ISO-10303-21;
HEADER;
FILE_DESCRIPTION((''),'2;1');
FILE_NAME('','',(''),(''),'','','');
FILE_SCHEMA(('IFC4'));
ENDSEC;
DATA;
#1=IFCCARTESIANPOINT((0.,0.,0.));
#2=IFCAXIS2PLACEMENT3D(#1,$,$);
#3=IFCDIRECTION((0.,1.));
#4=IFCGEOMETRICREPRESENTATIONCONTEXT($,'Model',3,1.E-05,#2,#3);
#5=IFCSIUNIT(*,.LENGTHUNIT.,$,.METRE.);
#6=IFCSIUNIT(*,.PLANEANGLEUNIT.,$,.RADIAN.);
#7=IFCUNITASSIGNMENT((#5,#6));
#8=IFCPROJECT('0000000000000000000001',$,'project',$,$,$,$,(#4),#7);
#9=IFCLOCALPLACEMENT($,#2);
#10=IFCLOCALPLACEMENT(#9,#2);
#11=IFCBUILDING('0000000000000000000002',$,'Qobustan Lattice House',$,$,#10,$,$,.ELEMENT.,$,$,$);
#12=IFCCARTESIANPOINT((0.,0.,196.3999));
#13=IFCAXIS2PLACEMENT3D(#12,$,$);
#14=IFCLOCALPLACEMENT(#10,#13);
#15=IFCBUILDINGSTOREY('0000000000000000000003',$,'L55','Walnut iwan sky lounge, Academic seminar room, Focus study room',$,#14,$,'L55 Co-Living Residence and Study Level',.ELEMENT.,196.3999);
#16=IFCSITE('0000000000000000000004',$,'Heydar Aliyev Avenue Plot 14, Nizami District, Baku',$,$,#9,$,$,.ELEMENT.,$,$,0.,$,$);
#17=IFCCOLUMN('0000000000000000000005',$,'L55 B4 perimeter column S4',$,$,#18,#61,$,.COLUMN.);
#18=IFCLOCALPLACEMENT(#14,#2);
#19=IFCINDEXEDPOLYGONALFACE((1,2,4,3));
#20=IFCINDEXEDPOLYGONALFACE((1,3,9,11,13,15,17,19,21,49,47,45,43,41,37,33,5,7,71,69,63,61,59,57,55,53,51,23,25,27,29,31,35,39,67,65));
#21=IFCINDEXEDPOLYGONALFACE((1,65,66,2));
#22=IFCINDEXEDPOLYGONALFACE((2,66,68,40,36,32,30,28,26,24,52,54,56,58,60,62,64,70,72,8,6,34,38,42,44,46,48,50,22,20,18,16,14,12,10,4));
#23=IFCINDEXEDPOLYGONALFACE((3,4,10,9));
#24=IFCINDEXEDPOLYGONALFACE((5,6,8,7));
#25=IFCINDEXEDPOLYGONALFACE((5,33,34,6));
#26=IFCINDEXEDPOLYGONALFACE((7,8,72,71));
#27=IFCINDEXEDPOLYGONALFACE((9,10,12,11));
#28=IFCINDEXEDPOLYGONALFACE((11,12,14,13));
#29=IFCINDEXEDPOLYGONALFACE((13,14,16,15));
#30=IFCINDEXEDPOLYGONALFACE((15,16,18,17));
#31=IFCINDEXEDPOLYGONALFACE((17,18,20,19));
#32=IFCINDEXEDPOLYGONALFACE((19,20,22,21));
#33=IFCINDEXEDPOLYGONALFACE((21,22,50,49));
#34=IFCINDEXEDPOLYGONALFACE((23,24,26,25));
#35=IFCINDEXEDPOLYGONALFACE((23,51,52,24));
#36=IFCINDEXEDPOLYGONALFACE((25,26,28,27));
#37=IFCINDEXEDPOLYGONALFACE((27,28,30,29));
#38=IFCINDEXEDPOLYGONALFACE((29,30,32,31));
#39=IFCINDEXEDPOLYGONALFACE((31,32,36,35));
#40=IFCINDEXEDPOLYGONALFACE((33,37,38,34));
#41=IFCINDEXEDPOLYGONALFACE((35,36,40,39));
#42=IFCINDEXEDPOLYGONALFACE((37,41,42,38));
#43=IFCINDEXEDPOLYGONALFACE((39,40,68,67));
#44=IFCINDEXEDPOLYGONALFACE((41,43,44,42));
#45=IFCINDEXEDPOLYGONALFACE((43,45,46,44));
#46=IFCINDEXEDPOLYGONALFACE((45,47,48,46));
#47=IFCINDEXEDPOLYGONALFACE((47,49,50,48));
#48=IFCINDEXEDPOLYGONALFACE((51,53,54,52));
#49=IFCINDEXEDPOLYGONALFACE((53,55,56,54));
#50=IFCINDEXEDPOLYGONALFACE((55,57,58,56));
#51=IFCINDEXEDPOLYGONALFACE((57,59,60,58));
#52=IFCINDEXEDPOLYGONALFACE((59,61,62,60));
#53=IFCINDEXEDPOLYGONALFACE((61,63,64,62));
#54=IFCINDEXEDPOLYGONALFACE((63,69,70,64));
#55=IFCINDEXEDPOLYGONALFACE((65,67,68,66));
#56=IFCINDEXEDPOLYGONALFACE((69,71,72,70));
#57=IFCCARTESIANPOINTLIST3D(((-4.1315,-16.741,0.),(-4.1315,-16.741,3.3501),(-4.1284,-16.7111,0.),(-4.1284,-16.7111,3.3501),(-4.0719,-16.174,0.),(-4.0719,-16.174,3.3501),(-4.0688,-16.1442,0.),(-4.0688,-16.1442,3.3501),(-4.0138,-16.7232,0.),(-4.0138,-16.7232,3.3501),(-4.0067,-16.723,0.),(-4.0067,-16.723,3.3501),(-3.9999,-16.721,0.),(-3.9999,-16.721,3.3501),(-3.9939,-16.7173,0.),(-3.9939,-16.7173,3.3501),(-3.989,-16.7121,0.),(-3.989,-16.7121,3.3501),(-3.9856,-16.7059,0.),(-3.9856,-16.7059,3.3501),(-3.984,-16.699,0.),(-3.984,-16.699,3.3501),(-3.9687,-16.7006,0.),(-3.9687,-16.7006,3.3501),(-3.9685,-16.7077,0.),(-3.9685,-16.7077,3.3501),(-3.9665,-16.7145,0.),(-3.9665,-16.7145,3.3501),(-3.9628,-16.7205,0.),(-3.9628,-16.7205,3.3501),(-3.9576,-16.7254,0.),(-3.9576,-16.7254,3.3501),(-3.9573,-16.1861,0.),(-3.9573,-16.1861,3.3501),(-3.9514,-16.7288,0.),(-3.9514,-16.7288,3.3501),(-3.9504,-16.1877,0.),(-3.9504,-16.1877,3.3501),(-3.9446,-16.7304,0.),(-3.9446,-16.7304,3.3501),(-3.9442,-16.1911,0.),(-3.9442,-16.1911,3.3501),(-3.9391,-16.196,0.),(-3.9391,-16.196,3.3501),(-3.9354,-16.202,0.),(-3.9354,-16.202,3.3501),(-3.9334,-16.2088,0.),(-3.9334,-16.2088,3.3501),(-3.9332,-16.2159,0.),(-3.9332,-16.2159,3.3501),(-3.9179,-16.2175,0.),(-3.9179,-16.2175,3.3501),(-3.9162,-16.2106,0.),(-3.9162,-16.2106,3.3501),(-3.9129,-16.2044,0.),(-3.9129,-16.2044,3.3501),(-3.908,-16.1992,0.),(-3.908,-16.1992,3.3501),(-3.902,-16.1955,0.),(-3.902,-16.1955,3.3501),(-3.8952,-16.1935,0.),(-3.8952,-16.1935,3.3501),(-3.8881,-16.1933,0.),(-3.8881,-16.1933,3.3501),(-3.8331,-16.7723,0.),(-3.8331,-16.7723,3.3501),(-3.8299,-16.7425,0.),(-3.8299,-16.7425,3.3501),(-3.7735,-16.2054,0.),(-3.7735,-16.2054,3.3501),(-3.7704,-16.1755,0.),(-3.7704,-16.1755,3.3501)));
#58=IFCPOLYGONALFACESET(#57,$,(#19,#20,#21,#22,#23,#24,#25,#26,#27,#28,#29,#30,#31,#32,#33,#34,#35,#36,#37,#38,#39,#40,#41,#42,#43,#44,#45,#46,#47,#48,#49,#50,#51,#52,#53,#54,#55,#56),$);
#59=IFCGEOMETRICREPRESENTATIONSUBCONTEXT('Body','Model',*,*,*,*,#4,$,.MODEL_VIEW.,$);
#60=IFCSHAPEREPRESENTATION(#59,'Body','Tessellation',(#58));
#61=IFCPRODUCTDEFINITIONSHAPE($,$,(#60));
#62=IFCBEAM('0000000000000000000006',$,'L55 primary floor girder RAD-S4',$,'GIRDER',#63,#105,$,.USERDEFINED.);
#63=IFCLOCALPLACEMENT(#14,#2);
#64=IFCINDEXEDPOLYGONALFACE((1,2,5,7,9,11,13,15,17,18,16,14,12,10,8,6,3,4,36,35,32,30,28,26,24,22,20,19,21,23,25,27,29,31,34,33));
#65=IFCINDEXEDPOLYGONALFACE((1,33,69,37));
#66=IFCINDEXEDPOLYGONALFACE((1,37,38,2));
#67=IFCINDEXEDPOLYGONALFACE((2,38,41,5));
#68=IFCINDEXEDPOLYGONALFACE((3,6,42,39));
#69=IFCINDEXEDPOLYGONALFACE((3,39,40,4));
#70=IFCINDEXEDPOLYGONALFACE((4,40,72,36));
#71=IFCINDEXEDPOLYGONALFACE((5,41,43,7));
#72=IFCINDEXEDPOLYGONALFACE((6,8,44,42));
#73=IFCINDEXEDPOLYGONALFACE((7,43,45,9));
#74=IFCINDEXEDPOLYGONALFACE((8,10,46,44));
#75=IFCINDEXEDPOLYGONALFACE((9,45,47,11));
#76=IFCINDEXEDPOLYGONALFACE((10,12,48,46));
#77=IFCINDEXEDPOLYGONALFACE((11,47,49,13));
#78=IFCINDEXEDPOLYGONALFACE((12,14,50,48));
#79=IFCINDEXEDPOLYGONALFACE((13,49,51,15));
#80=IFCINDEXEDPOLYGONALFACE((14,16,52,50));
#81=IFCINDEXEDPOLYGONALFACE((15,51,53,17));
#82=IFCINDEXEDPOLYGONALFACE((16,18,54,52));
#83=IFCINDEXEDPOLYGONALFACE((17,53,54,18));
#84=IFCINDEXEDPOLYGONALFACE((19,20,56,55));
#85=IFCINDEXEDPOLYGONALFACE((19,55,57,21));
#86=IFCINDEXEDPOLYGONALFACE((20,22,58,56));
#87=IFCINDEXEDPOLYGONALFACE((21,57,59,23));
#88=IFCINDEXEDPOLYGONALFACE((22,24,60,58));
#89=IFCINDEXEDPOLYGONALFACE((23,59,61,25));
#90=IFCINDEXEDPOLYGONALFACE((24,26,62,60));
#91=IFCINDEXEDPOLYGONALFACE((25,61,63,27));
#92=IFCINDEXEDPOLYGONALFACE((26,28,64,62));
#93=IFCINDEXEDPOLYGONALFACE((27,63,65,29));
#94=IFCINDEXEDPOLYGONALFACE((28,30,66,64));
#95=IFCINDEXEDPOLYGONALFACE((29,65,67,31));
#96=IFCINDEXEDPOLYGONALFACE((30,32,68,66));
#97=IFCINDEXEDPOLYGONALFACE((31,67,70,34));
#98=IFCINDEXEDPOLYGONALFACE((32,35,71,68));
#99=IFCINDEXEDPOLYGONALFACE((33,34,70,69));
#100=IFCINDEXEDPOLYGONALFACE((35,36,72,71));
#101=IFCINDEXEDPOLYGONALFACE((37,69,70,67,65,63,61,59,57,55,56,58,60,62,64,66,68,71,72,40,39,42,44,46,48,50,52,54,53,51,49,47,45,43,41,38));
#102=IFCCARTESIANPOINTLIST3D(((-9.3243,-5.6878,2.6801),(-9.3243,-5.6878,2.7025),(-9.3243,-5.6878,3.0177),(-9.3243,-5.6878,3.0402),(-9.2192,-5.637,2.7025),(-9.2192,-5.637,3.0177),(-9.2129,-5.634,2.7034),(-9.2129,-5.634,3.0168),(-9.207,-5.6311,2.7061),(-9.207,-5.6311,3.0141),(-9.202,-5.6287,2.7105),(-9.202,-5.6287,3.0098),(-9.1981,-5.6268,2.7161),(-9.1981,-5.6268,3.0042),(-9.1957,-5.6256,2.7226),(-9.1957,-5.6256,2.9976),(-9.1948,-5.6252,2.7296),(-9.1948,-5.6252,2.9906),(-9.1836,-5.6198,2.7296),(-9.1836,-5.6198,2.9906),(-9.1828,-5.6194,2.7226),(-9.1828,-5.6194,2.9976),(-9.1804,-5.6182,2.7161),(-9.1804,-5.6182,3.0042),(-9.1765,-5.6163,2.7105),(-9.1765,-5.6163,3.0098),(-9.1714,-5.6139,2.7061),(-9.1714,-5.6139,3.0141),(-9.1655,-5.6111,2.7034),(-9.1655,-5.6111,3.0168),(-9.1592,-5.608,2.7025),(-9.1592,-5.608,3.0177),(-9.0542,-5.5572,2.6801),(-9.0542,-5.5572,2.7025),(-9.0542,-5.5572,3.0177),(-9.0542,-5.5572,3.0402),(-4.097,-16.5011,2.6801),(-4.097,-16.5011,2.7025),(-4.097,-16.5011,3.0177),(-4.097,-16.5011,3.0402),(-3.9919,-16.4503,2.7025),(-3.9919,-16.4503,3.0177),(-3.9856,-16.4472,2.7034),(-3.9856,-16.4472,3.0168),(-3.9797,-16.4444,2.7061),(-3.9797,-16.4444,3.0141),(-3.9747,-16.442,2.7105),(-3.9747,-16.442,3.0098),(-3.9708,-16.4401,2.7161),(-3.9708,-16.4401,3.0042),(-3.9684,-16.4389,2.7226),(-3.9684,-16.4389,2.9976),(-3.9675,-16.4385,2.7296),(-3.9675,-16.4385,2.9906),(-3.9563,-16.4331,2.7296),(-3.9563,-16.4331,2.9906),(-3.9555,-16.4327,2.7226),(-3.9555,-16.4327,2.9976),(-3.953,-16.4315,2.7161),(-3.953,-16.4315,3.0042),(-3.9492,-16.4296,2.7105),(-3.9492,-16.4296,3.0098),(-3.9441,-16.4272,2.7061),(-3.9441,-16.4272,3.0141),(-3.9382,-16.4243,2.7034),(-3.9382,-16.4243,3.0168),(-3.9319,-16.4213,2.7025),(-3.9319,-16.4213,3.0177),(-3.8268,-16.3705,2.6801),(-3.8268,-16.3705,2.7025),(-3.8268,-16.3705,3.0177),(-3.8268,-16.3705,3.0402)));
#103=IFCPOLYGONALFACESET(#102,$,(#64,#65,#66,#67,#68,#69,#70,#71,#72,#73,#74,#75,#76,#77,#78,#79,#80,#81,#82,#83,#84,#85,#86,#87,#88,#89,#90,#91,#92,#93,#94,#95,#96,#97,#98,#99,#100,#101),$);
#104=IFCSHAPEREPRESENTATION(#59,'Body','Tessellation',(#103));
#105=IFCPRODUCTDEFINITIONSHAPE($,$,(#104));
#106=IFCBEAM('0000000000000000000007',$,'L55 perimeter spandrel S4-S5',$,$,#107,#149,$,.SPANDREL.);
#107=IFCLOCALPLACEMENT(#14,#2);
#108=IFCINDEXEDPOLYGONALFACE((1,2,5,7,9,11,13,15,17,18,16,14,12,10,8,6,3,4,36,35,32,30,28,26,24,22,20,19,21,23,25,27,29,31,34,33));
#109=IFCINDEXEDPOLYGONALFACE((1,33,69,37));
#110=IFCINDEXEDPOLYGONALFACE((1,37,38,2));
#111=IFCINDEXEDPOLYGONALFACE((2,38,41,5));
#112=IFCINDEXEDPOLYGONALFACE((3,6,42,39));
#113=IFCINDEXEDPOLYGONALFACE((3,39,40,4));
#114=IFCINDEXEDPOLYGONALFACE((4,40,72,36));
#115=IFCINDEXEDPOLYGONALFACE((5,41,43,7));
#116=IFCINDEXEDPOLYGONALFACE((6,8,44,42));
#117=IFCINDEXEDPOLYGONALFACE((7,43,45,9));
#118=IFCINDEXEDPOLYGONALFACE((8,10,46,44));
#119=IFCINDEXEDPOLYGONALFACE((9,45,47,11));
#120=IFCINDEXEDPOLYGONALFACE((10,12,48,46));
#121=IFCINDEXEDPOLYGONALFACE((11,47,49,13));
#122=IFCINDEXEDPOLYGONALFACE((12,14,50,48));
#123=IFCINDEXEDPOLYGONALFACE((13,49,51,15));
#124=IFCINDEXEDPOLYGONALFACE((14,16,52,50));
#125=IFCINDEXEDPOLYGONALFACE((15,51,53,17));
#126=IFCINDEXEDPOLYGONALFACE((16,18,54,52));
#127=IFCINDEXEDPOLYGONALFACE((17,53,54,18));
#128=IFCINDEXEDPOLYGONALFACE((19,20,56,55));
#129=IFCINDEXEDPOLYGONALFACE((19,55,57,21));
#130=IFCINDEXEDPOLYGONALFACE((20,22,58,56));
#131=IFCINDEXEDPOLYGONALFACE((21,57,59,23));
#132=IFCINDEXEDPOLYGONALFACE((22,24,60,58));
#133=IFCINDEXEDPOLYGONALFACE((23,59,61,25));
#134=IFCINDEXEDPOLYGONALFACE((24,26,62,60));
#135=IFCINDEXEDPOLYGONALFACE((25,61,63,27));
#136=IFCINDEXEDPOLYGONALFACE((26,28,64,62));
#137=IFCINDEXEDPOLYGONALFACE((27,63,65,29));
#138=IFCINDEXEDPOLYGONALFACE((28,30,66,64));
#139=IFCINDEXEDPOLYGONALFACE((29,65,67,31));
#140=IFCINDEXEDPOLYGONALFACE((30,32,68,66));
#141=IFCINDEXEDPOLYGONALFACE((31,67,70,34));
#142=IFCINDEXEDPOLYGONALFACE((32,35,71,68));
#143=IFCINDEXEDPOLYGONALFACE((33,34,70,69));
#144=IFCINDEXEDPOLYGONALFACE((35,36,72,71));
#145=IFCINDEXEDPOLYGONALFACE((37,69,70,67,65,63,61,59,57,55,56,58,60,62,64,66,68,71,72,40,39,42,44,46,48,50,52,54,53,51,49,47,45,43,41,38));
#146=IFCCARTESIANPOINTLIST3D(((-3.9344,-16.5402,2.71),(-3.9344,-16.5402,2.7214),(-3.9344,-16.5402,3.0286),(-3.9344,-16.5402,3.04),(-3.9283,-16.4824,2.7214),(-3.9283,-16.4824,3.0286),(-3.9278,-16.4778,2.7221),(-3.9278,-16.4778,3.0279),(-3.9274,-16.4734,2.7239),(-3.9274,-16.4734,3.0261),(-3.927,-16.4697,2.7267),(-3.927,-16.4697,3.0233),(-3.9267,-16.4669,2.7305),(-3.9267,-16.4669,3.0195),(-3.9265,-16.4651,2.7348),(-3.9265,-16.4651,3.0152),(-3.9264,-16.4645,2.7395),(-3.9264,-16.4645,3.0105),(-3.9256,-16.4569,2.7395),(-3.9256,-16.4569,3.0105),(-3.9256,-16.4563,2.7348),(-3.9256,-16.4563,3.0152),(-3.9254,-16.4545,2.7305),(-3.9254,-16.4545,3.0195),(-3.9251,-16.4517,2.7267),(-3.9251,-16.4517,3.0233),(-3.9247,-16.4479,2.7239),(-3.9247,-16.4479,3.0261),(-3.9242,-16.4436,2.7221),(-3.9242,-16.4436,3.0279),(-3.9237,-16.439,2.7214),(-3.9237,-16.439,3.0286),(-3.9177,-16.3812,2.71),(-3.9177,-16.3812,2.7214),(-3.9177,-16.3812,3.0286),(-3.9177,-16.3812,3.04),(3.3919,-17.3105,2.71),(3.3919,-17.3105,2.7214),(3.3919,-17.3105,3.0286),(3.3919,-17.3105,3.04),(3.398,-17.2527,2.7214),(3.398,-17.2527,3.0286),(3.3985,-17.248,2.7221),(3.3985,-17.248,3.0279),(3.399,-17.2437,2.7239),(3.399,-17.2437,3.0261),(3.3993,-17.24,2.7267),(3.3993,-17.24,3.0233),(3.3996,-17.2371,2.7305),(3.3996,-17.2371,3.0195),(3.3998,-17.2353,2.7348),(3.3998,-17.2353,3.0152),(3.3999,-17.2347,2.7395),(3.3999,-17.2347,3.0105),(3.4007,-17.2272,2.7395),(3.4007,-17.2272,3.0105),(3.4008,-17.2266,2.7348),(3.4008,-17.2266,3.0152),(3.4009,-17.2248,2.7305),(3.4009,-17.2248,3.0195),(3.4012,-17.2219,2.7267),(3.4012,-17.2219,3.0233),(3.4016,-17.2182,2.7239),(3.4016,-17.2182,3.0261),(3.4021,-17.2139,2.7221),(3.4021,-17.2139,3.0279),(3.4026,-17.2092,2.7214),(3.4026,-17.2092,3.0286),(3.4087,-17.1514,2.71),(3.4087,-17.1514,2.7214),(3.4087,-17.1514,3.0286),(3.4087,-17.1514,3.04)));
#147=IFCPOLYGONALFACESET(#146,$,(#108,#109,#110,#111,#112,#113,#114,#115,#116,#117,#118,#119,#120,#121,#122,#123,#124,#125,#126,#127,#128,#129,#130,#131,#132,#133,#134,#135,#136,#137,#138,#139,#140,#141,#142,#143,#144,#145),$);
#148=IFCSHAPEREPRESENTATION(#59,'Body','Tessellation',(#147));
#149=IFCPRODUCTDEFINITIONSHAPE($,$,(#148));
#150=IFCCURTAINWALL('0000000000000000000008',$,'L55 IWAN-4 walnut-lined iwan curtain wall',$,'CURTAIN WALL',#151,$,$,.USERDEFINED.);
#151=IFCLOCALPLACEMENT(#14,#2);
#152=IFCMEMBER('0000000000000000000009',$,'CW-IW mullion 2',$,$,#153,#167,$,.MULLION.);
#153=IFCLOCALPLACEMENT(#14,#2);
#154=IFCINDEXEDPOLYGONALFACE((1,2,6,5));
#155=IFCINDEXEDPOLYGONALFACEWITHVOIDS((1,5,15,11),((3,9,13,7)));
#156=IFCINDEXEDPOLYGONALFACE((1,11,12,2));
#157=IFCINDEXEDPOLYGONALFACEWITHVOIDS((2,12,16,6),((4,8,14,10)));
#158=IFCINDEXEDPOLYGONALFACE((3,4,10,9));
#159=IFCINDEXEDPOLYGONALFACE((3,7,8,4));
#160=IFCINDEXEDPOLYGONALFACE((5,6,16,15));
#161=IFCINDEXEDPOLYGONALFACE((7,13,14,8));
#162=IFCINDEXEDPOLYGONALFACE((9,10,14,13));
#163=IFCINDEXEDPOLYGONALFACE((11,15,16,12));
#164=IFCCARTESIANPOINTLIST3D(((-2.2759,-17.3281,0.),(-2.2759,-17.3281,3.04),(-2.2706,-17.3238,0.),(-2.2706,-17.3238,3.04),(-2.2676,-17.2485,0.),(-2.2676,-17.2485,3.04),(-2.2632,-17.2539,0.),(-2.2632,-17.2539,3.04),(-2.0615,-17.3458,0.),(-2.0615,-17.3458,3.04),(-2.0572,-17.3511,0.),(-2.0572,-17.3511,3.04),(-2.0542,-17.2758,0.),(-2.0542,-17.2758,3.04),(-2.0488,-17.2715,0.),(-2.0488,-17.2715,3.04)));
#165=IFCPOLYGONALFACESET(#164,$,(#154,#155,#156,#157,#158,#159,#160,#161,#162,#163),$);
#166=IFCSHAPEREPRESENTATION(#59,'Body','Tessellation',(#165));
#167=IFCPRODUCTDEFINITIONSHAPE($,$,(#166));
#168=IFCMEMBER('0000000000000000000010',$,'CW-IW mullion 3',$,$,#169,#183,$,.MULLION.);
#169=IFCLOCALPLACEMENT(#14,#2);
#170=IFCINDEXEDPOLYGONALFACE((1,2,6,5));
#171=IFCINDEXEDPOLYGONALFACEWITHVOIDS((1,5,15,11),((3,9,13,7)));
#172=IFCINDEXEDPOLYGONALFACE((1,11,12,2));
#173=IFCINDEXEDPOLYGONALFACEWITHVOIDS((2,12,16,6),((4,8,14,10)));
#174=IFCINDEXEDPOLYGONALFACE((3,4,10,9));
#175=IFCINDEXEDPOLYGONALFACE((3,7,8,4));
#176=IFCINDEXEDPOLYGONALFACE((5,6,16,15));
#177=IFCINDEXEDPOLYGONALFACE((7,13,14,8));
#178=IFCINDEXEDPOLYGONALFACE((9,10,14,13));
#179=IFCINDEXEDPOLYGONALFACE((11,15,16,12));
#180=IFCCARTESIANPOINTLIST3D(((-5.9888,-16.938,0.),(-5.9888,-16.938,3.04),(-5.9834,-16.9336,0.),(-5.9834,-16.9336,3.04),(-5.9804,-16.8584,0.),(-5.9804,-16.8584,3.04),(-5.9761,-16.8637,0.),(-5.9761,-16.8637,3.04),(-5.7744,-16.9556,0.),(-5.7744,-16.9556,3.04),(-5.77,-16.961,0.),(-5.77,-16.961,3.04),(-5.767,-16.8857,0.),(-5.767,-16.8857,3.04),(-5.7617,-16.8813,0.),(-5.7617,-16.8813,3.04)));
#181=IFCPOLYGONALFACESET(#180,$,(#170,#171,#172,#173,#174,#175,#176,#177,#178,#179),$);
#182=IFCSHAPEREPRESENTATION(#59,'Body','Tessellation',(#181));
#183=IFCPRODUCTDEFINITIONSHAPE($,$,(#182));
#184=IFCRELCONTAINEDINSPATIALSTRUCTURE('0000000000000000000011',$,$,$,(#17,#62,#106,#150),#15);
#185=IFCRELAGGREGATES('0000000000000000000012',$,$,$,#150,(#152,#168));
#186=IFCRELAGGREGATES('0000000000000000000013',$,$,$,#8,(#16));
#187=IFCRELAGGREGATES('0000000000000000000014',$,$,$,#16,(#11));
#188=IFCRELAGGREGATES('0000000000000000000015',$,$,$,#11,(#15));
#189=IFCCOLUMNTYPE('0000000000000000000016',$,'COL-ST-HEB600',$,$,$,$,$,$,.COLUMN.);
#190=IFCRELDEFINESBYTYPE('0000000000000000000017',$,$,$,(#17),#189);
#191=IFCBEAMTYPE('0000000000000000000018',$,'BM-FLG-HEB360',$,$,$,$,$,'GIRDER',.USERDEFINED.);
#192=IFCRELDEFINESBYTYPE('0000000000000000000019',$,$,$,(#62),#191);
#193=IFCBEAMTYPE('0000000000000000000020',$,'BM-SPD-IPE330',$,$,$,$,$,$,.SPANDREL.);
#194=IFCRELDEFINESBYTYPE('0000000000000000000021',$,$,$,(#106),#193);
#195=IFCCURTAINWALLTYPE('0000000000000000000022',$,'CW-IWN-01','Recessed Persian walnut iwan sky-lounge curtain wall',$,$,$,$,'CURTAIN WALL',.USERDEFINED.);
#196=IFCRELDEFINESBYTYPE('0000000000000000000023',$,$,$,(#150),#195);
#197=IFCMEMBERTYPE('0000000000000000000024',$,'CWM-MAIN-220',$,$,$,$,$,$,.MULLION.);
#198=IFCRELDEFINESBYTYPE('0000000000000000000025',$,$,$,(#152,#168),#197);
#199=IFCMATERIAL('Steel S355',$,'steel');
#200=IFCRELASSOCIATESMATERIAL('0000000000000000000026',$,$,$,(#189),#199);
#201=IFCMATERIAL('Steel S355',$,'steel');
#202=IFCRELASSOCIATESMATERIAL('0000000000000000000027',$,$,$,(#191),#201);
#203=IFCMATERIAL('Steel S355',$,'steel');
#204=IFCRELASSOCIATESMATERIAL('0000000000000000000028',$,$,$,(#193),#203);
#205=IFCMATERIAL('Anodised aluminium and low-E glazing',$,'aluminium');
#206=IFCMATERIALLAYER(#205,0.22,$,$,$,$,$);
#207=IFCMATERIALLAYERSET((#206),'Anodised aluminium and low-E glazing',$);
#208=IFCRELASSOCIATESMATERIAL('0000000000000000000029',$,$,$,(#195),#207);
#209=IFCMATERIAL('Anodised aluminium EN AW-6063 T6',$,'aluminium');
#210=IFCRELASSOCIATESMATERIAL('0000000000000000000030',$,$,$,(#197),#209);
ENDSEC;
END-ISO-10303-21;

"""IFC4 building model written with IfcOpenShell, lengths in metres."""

from ifc_helpers import new_model, si_unit, direction, frame, origin, origin_2d, place, context, subcontext, project, spatial, hollow_rectangle, i_section, extrude, material, layer, layer_set, material_profile, profile_set, type_object, element, aggregate, save


model = new_model("IFC4")

# Units and contexts
model_context = context("Model", 3, precision=1e-05, world=origin(), true_north=direction((0.0, 1.0)))
body_context = subcontext(model_context, "Body", "Model", "MODEL_VIEW")
ifc_project = project(units=[si_unit("LENGTHUNIT", "METRE"), si_unit("PLANEANGLEUNIT", "RADIAN")], contexts=[model_context])

# Site, building, storey
site_placement = place(None, origin())
site = spatial("IfcSite", under=ifc_project, at=site_placement, Name="Heydar Aliyev Avenue Plot 14, Nizami District, Baku", CompositionType="ELEMENT", RefElevation=0.0)
building_placement = place(site_placement, origin())
building = spatial("IfcBuilding", under=site, at=building_placement, Name="Qobustan Lattice House", CompositionType="ELEMENT")
storey_placement = place(building_placement, frame((0.0, 0.0, 196.3999)))
storey = spatial("IfcBuildingStorey", under=building, at=storey_placement, Name="L55", Description="Walnut iwan sky lounge, Academic seminar room, Focus study room", LongName="L55 Co-Living Residence and Study Level", CompositionType="ELEMENT", Elevation=196.3999)

# Column
ifc_material_1 = material(Name="Steel S355", Category="steel")
ifc_material_profile_1 = material_profile(ifc_material_1, i_section(OverallWidth=0.3, OverallDepth=0.6001, WebThickness=0.0154, FlangeThickness=0.03, FilletRadius=0.0271, at=origin_2d()), Name="HEB600")
ifc_profile_set_1 = profile_set([ifc_material_profile_1], Name="Steel S355")
column_type = type_object("IfcColumnType", Name="COL-ST-HEB600", PredefinedType="COLUMN", material=ifc_profile_set_1)
column_placement = place(storey_placement, frame((-3.9509, -16.4583, 0.0), z_axis=(0.0, 0.0, 1.0), x_axis=(0.994522, -0.104528, 0.0)))
element("IfcColumn", 1, at=column_placement, inside=storey, type_object=column_type, Name="L55 B4 perimeter column S4", PredefinedType="COLUMN", context=body_context, shape_type="SweptSolid", body=[
    extrude(i_section(OverallWidth=0.3, OverallDepth=0.6001, WebThickness=0.0154, FlangeThickness=0.03, FilletRadius=0.0271, at=origin_2d()), origin(), (0.0, 0.0, 1.0), 3.3501),
])

# Beams
ifc_material_2 = material(Name="Steel S355", Category="steel")
ifc_material_profile_2 = material_profile(ifc_material_2, i_section(OverallWidth=0.3, OverallDepth=0.3601, WebThickness=0.0125, FlangeThickness=0.0225, FilletRadius=0.0271, at=origin_2d()), Name="HEB360")
ifc_profile_set_2 = profile_set([ifc_material_profile_2], Name="Steel S355")
beam_type_1 = type_object("IfcBeamType", Name="BM-FLG-HEB360", ElementType="GIRDER", PredefinedType="USERDEFINED", material=ifc_profile_set_2)
beam_1_placement = place(storey_placement, frame((-3.9619, -16.4358, 2.8601), z_axis=(-0.435229, 0.90032, 0.0), x_axis=(-0.90032, -0.435229, 0.0)))
element("IfcBeam", 2, at=beam_1_placement, inside=storey, type_object=beam_type_1, Name="L55 primary floor girder RAD-S4", ObjectType="GIRDER", PredefinedType="USERDEFINED", context=body_context, shape_type="SweptSolid", body=[
    extrude(i_section(OverallWidth=0.3, OverallDepth=0.3601, WebThickness=0.0125, FlangeThickness=0.0225, FilletRadius=0.0271, at=origin_2d()), origin(), (0.0, 0.0, 1.0), 12.0105),
])
ifc_material_3 = material(Name="Steel S355", Category="steel")
ifc_material_profile_3 = material_profile(ifc_material_3, i_section(OverallWidth=0.1599, OverallDepth=0.3301, WebThickness=0.0076, FlangeThickness=0.0115, FilletRadius=0.0181, at=origin_2d()), Name="IPE330")
ifc_profile_set_3 = profile_set([ifc_material_profile_3], Name="Steel S355")
beam_type_2 = type_object("IfcBeamType", Name="BM-SPD-IPE330", PredefinedType="SPANDREL", material=ifc_profile_set_3)
beam_2_placement = place(storey_placement, frame((-3.926, -16.4607, 2.875), z_axis=(0.994519, -0.104559, 0.0), x_axis=(0.104559, 0.994519, 0.0)))
element("IfcBeam", 3, at=beam_2_placement, inside=storey, type_object=beam_type_2, Name="L55 perimeter spandrel S4-S5", PredefinedType="SPANDREL", context=body_context, shape_type="SweptSolid", body=[
    extrude(i_section(OverallWidth=0.1599, OverallDepth=0.3301, WebThickness=0.0076, FlangeThickness=0.0115, FilletRadius=0.0181, at=origin_2d()), origin(), (0.0, 0.0, 1.0), 7.3667),
])

# Curtain wall, members
ifc_material_4 = material(Name="Anodised aluminium and low-E glazing", Category="aluminium")
ifc_layer_1 = layer(ifc_material_4, 0.22)
ifc_layer_set_1 = layer_set([ifc_layer_1], Name="Anodised aluminium and low-E glazing")
curtain_wall_type = type_object("IfcCurtainWallType", Name="CW-IWN-01", Description="Recessed Persian walnut iwan sky-lounge curtain wall", ElementType="CURTAIN WALL", PredefinedType="USERDEFINED", material=ifc_layer_set_1)
curtain_wall_placement = place(storey_placement, origin())
curtain_wall = element("IfcCurtainWall", 4, at=curtain_wall_placement, inside=storey, type_object=curtain_wall_type, Name="L55 IWAN-4 walnut-lined iwan curtain wall", ObjectType="CURTAIN WALL", PredefinedType="USERDEFINED")
ifc_material_5 = material(Name="Anodised aluminium EN AW-6063 T6", Category="aluminium")
ifc_material_profile_4 = material_profile(ifc_material_5, hollow_rectangle(XDim=0.0801, YDim=0.22, WallThickness=0.0049, at=origin_2d()), Name="CWM-220x80")
ifc_profile_set_4 = profile_set([ifc_material_profile_4], Name="Anodised aluminium EN AW-6063 T6")
member_type_1 = type_object("IfcMemberType", Name="CWM-MAIN-220", PredefinedType="MULLION", material=ifc_profile_set_4)
member_1_placement = place(storey_placement, frame((-2.1624, -17.2998, 0.0), z_axis=(0.0, 0.0, 1.0), x_axis=(-0.104536, -0.994521, 0.0)))
member_1 = element("IfcMember", 5, at=member_1_placement, type_object=member_type_1, Name="CW-IW mullion 2", PredefinedType="MULLION", context=body_context, shape_type="SweptSolid", body=[
    extrude(hollow_rectangle(XDim=0.0801, YDim=0.22, WallThickness=0.0049, at=origin_2d()), origin(), (0.0, 0.0, 1.0), 3.04),
])
member_2_placement = place(storey_placement, frame((-5.8752, -16.9097, 0.0), z_axis=(0.0, 0.0, 1.0), x_axis=(-0.104536, -0.994521, 0.0)))
member_2 = element("IfcMember", 6, at=member_2_placement, type_object=member_type_1, Name="CW-IW mullion 3", PredefinedType="MULLION", context=body_context, shape_type="SweptSolid", body=[
    extrude(hollow_rectangle(XDim=0.0801, YDim=0.22, WallThickness=0.0049, at=origin_2d()), origin(), (0.0, 0.0, 1.0), 3.04),
])
aggregate(curtain_wall, [member_1, member_2])

save(model, "model.ifc")
